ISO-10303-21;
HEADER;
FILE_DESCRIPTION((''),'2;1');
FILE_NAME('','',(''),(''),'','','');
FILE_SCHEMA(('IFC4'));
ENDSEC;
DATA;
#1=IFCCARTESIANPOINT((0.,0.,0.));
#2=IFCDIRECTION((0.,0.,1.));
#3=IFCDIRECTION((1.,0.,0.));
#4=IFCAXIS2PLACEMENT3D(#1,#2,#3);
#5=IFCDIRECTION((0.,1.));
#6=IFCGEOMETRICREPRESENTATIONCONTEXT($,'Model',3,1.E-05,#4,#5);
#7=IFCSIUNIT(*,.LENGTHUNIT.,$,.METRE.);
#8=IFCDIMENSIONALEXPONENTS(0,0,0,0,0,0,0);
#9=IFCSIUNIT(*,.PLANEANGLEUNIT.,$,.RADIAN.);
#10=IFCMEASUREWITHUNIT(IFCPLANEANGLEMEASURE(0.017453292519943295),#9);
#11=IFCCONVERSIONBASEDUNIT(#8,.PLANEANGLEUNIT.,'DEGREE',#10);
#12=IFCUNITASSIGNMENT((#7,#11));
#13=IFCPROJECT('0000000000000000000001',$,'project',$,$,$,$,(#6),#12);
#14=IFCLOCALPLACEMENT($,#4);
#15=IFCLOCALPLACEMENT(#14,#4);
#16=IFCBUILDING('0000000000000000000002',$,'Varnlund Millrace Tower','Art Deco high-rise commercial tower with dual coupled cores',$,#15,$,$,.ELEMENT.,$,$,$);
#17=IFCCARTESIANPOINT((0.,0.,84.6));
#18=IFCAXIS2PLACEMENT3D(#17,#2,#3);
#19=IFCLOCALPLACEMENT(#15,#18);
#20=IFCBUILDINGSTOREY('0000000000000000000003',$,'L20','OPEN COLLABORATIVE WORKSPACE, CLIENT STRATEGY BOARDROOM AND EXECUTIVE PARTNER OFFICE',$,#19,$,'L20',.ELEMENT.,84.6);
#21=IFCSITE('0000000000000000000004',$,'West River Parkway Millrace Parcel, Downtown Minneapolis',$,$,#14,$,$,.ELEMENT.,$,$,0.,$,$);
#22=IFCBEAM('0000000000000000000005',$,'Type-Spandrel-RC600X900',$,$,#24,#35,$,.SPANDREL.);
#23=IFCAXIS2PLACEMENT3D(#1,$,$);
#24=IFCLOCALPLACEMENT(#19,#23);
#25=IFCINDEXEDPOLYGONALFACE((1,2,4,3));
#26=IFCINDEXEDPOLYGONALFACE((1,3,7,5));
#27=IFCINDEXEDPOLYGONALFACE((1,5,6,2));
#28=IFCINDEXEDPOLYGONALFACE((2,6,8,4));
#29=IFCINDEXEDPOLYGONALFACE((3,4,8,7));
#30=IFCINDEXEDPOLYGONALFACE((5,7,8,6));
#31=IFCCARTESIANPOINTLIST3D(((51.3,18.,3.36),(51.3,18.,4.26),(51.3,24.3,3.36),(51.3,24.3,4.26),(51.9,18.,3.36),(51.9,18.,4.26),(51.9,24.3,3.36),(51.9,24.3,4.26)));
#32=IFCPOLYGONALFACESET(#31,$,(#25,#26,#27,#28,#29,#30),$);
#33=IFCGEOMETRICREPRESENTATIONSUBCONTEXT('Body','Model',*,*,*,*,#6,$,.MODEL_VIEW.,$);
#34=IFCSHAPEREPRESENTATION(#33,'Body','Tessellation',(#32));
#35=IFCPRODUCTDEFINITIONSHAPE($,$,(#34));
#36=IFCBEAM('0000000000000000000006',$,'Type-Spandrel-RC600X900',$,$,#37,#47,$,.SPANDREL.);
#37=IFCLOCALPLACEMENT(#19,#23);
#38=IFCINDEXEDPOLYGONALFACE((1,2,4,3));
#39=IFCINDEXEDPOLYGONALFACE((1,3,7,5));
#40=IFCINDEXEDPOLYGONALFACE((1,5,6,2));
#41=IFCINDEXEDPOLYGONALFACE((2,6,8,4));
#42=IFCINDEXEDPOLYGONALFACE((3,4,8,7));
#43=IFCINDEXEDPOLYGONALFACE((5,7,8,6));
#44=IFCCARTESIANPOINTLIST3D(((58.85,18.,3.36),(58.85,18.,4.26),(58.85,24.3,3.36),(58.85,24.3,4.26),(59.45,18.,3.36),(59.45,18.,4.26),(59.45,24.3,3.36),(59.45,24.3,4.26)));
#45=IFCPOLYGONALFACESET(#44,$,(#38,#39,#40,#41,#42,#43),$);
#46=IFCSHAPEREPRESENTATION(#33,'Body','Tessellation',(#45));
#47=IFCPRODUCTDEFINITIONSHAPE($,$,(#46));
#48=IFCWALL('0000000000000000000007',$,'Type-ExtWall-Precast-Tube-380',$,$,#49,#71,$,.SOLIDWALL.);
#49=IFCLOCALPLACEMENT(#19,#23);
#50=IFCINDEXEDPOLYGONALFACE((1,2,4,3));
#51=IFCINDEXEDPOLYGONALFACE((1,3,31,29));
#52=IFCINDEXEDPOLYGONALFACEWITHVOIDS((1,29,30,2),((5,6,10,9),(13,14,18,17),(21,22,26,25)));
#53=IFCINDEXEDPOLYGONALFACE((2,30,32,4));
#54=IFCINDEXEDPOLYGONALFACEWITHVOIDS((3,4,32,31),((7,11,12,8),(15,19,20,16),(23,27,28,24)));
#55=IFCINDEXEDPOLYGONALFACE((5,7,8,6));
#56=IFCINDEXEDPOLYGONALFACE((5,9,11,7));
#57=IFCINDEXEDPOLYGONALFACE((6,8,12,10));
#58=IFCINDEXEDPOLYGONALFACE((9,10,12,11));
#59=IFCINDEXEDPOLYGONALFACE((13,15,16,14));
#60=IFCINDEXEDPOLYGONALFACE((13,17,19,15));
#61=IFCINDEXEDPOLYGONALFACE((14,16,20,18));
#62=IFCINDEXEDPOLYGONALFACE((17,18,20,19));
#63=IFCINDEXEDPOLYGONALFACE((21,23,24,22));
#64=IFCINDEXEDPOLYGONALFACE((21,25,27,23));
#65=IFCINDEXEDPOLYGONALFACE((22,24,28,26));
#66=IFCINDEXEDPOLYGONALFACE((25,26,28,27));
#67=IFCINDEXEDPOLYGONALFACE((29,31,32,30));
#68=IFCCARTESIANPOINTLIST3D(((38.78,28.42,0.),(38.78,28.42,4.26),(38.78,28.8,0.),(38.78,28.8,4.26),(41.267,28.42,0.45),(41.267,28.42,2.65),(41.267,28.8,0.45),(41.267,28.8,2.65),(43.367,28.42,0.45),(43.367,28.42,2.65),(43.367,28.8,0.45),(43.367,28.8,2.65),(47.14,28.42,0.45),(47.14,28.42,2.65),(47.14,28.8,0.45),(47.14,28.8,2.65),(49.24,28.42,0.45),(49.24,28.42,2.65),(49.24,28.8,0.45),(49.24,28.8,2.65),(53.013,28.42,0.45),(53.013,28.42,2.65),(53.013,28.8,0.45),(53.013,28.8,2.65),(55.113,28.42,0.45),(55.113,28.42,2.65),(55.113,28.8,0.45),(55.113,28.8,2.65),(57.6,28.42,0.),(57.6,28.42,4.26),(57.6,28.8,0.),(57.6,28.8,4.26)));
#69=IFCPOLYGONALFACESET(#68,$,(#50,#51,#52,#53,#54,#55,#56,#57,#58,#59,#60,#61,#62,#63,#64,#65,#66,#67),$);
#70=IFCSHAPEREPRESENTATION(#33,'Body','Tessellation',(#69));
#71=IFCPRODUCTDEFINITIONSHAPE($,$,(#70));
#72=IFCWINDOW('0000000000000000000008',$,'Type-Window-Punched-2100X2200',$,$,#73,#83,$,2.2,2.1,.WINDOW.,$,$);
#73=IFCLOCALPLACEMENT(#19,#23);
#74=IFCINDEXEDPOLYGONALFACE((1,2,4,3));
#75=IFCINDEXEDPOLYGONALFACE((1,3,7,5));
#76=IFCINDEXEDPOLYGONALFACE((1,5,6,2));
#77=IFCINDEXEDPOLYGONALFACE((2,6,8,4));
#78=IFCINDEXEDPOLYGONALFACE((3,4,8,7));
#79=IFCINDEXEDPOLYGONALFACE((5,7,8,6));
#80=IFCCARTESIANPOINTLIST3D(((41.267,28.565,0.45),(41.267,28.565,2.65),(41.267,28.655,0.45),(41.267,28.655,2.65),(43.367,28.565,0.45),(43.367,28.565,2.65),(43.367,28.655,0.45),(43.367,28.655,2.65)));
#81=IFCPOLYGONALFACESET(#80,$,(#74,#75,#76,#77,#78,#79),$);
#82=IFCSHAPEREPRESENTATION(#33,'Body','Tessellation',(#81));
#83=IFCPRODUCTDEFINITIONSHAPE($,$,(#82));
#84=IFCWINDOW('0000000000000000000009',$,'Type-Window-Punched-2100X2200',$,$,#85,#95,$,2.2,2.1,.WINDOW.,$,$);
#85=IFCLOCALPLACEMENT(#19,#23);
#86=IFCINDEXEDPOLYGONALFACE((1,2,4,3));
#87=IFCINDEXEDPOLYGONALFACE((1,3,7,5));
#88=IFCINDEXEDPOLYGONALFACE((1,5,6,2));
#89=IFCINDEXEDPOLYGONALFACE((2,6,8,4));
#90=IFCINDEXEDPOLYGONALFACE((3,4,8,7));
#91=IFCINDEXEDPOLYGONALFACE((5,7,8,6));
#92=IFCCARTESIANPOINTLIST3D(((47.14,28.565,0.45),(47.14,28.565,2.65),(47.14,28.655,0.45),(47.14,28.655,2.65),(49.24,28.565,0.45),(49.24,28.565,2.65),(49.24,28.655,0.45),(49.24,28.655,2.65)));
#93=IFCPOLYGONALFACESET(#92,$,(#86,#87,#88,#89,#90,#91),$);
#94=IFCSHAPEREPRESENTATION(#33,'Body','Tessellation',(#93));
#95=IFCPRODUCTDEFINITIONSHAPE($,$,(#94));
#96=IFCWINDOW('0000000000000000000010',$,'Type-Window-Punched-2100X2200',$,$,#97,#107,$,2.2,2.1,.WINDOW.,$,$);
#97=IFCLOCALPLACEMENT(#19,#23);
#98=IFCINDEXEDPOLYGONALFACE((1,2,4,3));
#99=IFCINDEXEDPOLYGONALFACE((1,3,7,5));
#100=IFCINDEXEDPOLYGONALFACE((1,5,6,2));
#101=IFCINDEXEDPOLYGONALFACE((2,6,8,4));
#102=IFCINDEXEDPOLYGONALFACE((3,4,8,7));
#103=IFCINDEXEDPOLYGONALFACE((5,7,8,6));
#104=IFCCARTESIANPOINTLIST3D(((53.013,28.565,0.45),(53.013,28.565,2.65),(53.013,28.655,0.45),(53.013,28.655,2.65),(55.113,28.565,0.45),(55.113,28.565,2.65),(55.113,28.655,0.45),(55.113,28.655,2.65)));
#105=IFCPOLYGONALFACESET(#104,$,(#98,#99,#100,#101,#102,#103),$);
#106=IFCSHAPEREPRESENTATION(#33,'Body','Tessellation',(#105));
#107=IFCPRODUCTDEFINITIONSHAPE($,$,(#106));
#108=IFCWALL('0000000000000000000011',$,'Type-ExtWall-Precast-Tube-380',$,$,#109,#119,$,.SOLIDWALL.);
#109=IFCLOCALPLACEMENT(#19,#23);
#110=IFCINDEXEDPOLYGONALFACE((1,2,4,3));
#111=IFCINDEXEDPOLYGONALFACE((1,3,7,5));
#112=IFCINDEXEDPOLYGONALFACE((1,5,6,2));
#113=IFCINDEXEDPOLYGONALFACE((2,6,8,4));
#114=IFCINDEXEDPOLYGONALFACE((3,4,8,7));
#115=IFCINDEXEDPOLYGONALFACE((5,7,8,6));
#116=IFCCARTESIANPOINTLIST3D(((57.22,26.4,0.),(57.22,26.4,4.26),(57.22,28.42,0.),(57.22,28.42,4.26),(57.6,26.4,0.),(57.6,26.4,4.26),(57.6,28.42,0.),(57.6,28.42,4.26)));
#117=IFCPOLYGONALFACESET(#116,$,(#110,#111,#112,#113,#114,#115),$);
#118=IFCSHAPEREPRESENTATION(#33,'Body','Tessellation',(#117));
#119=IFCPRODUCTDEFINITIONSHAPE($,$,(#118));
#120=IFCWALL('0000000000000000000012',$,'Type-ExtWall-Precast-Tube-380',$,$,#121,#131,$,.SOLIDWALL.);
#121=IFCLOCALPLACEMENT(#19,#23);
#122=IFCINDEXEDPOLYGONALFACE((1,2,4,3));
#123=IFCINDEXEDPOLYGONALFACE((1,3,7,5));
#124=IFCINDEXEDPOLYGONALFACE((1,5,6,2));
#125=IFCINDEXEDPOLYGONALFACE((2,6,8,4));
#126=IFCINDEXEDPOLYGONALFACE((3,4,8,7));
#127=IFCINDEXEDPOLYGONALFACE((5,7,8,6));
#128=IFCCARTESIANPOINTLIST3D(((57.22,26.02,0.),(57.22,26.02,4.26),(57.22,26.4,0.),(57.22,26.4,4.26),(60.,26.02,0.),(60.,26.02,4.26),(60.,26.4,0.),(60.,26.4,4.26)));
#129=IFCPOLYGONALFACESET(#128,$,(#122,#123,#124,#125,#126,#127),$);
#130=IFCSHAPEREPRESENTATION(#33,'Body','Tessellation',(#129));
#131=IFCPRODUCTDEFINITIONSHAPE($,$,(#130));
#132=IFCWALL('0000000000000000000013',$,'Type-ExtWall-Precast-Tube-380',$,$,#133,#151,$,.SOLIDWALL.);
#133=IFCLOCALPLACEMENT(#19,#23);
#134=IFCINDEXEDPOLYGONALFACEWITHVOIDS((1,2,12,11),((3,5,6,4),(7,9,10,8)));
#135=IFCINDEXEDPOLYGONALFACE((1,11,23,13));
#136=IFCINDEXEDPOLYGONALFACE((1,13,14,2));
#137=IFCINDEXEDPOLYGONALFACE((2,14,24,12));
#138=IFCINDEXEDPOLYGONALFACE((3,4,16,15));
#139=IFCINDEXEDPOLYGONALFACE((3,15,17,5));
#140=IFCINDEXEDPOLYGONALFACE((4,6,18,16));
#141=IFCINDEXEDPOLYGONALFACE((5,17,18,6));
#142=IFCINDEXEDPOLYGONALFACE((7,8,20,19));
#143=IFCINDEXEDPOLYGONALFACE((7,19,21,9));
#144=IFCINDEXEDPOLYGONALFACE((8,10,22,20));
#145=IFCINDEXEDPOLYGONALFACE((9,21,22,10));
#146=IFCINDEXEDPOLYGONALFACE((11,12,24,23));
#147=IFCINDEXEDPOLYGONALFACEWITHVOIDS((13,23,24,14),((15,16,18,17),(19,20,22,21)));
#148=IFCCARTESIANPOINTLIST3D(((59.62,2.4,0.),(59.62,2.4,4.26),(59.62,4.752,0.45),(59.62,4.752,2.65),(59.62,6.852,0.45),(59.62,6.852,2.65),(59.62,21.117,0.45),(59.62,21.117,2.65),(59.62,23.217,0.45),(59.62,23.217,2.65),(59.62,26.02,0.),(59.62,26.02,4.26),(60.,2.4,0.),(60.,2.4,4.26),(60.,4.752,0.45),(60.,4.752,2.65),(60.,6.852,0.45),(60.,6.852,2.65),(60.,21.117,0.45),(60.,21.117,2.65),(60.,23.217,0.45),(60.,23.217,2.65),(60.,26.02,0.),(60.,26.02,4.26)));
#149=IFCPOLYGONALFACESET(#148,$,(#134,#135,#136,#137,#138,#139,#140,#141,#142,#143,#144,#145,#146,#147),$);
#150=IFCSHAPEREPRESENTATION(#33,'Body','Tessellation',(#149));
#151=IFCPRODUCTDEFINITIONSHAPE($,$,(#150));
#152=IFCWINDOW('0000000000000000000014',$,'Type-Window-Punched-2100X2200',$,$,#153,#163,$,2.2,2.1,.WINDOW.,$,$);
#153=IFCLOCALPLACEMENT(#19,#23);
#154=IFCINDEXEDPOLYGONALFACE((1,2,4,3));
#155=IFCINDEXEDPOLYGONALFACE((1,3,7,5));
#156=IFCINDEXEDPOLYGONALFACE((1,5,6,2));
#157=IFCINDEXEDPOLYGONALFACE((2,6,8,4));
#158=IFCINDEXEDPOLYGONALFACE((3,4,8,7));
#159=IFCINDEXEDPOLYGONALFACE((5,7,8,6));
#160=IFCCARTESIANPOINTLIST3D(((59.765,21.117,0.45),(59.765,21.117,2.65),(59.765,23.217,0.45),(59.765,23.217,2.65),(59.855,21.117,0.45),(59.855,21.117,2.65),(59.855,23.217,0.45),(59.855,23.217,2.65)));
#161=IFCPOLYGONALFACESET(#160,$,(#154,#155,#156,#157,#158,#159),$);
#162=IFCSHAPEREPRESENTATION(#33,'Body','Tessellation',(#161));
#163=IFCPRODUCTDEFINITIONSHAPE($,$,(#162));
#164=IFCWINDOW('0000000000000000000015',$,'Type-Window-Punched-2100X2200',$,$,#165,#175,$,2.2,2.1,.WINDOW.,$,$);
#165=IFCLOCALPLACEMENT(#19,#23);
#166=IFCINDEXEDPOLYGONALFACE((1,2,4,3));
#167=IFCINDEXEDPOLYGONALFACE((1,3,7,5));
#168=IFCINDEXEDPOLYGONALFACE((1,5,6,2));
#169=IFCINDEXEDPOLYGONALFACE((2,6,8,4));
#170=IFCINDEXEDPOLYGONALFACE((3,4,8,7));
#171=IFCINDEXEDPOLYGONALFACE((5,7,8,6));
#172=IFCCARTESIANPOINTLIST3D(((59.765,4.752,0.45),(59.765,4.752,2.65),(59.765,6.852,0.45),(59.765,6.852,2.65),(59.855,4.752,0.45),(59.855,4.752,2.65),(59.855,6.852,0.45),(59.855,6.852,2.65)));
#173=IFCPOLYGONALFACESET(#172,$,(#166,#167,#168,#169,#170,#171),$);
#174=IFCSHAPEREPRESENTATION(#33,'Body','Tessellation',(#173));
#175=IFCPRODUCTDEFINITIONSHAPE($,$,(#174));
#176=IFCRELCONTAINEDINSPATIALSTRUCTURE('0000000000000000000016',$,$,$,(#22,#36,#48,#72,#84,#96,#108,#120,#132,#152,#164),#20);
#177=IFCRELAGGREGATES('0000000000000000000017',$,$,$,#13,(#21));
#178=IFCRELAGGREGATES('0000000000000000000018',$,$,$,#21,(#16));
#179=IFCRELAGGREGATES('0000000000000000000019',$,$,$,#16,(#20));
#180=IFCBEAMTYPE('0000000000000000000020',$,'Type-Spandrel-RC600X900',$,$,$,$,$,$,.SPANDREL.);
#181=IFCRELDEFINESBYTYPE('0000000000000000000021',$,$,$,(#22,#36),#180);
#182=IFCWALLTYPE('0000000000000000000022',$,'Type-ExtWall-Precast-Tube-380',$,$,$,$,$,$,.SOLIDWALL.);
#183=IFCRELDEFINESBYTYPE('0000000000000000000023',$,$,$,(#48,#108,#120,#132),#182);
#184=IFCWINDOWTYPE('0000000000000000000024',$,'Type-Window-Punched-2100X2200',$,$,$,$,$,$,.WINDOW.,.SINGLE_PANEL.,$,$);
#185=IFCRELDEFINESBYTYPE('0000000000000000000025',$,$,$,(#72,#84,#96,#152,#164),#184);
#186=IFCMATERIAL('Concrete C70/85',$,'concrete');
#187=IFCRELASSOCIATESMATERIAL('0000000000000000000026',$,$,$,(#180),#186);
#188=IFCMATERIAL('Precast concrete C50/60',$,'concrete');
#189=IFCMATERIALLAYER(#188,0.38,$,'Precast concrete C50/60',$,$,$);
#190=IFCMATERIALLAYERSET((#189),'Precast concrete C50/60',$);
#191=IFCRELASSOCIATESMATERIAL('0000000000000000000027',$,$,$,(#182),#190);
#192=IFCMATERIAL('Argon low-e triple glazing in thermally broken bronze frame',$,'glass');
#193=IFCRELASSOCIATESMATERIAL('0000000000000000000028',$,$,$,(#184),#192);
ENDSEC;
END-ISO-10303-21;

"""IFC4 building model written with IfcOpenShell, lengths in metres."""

from ifc_helpers import new_model, entity, si_unit, converted_unit, direction, frame, origin_with_axes, origin_2d_with_axis, place, context, subcontext, project, spatial, polyline, rectangle, outline, extrude, material, layer, layer_set, material_profile, profile_set, type_object, element, fill, save


model = new_model("IFC4")

# Units and contexts
model_context = context("Model", 3, precision=1e-05, world=origin_with_axes(), true_north=direction((0.0, 1.0)))
body_context = subcontext(model_context, "Body", "Model", "MODEL_VIEW")
ifc_project = project(units=[si_unit("LENGTHUNIT", "METRE"), converted_unit("PLANEANGLEUNIT", "DEGREE", entity("IfcPlaneAngleMeasure", 0.017453292519943295), si_unit("PLANEANGLEUNIT", "RADIAN"), dimensions=[0, 0, 0, 0, 0, 0, 0])], contexts=[model_context])

# Site, building, storey
site_placement = place(None, origin_with_axes())
site = spatial("IfcSite", under=ifc_project, at=site_placement, Name="West River Parkway Millrace Parcel, Downtown Minneapolis", CompositionType="ELEMENT", RefElevation=0.0)
building_placement = place(site_placement, origin_with_axes())
building = spatial("IfcBuilding", under=site, at=building_placement, Name="Varnlund Millrace Tower", Description="Art Deco high-rise commercial tower with dual coupled cores", CompositionType="ELEMENT")
storey_placement = place(building_placement, frame((0.0, 0.0, 84.6), z_axis=(0.0, 0.0, 1.0), x_axis=(1.0, 0.0, 0.0)))
storey = spatial("IfcBuildingStorey", under=building, at=storey_placement, Name="L20", Description="OPEN COLLABORATIVE WORKSPACE, CLIENT STRATEGY BOARDROOM AND EXECUTIVE PARTNER OFFICE", LongName="L20", CompositionType="ELEMENT", Elevation=84.6)

# Beams
ifc_material_1 = material(Name="Concrete C70/85", Category="concrete")
ifc_material_profile_1 = material_profile(ifc_material_1, rectangle(XDim=0.6, YDim=0.9, at=origin_2d_with_axis()), Name="Concrete C70/85")
ifc_profile_set_1 = profile_set([ifc_material_profile_1], Name="Concrete C70/85")
beam_type_1 = type_object("IfcBeamType", Name="Type-Spandrel-RC600X900", PredefinedType="SPANDREL", material=ifc_profile_set_1)
for number, where, z_axis, x_axis, name in (
    (1, (51.6, 18.0, 3.81), (0.0, 1.0, 0.0), (-1.0, 0.0, 0.0), "Type-Spandrel-RC600X900"),
    (2, (59.15, 18.0, 3.81), (0.0, 1.0, 0.0), (-1.0, 0.0, 0.0), "Type-Spandrel-RC600X900"),
):
    element("IfcBeam", number, at=place(storey_placement, frame(where, z_axis=z_axis, x_axis=x_axis)), inside=storey, type_object=beam_type_1, Name=name, PredefinedType="SPANDREL", context=body_context, shape_type="SweptSolid", body=[
        extrude(rectangle(XDim=0.6, YDim=0.9, at=origin_2d_with_axis()), origin_with_axes(), (0.0, 0.0, 1.0), 6.3),
    ])

# Wall, openings, windows
ifc_material_2 = material(Name="Precast concrete C50/60", Category="concrete")
ifc_layer_1 = layer(ifc_material_2, 0.38, Name="Precast concrete C50/60")
ifc_layer_set_1 = layer_set([ifc_layer_1], Name="Precast concrete C50/60")
wall_type_1 = type_object("IfcWallType", Name="Type-ExtWall-Precast-Tube-380", PredefinedType="SOLIDWALL", material=ifc_layer_set_1)
wall_1_placement = place(storey_placement, frame((38.78, 28.61, 0.0), z_axis=(0.0, 0.0, 1.0), x_axis=(1.0, 0.0, 0.0)))
wall_1 = element("IfcWall", 3, at=wall_1_placement, inside=storey, type_object=wall_type_1, Name="Type-ExtWall-Precast-Tube-380", PredefinedType="SOLIDWALL", context=body_context, shape_type="SweptSolid", body=[
    extrude(outline(polyline([(0.0, -0.19), (18.82, -0.19), (18.82, 0.19), (0.0, 0.19), (0.0, -0.19)])), origin_with_axes(), (0.0, 0.0, 1.0), 4.26),
])
opening_1_placement = place(wall_1_placement, frame((3.537, 0.0, 0.45), z_axis=(0.0, 0.0, 1.0), x_axis=(1.0, 0.0, 0.0)))
opening_1 = element("IfcOpeningElement", 4, at=opening_1_placement, cuts=wall_1, PredefinedType="OPENING", context=body_context, shape_type="SweptSolid", body=[
    extrude(rectangle(XDim=2.1, YDim=0.4, at=origin_2d_with_axis()), origin_with_axes(), (0.0, 0.0, 1.0), 2.2),
])
opening_2_placement = place(wall_1_placement, frame((9.41, 0.0, 0.45), z_axis=(0.0, 0.0, 1.0), x_axis=(1.0, 0.0, 0.0)))
opening_2 = element("IfcOpeningElement", 5, at=opening_2_placement, cuts=wall_1, PredefinedType="OPENING", context=body_context, shape_type="SweptSolid", body=[
    extrude(rectangle(XDim=2.1, YDim=0.4, at=origin_2d_with_axis()), origin_with_axes(), (0.0, 0.0, 1.0), 2.2),
])
opening_3_placement = place(wall_1_placement, frame((15.283, 0.0, 0.45), z_axis=(0.0, 0.0, 1.0), x_axis=(1.0, 0.0, 0.0)))
opening_3 = element("IfcOpeningElement", 6, at=opening_3_placement, cuts=wall_1, PredefinedType="OPENING", context=body_context, shape_type="SweptSolid", body=[
    extrude(rectangle(XDim=2.1, YDim=0.4, at=origin_2d_with_axis()), origin_with_axes(), (0.0, 0.0, 1.0), 2.2),
])
ifc_material_3 = material(Name="Argon low-e triple glazing in thermally broken bronze frame", Category="glass")
window_type = type_object("IfcWindowType", Name="Type-Window-Punched-2100X2200", PartitioningType="SINGLE_PANEL", PredefinedType="WINDOW", material=ifc_material_3)
window_1_placement = place(wall_1_placement, frame((3.537, 0.0, 0.45), z_axis=(0.0, 0.0, 1.0), x_axis=(1.0, 0.0, 0.0)))
window_1 = element("IfcWindow", 7, at=window_1_placement, inside=storey, type_object=window_type, Name="Type-Window-Punched-2100X2200", OverallHeight=2.2, OverallWidth=2.1, PredefinedType="WINDOW", context=body_context, shape_type="SweptSolid", body=[
    extrude(rectangle(XDim=2.1, YDim=0.09, at=origin_2d_with_axis()), origin_with_axes(), (0.0, 0.0, 1.0), 2.2),
])
fill(opening_1, window_1)
window_2_placement = place(wall_1_placement, frame((9.41, 0.0, 0.45), z_axis=(0.0, 0.0, 1.0), x_axis=(1.0, 0.0, 0.0)))
window_2 = element("IfcWindow", 8, at=window_2_placement, inside=storey, type_object=window_type, Name="Type-Window-Punched-2100X2200", OverallHeight=2.2, OverallWidth=2.1, PredefinedType="WINDOW", context=body_context, shape_type="SweptSolid", body=[
    extrude(rectangle(XDim=2.1, YDim=0.09, at=origin_2d_with_axis()), origin_with_axes(), (0.0, 0.0, 1.0), 2.2),
])
fill(opening_2, window_2)
window_3_placement = place(wall_1_placement, frame((15.283, 0.0, 0.45), z_axis=(0.0, 0.0, 1.0), x_axis=(1.0, 0.0, 0.0)))
window_3 = element("IfcWindow", 9, at=window_3_placement, inside=storey, type_object=window_type, Name="Type-Window-Punched-2100X2200", OverallHeight=2.2, OverallWidth=2.1, PredefinedType="WINDOW", context=body_context, shape_type="SweptSolid", body=[
    extrude(rectangle(XDim=2.1, YDim=0.09, at=origin_2d_with_axis()), origin_with_axes(), (0.0, 0.0, 1.0), 2.2),
])
fill(opening_3, window_3)

# Walls
wall_2_placement = place(storey_placement, frame((57.41, 28.42, 0.0), z_axis=(0.0, 0.0, 1.0), x_axis=(0.0, -1.0, 0.0)))
element("IfcWall", 10, at=wall_2_placement, inside=storey, type_object=wall_type_1, Name="Type-ExtWall-Precast-Tube-380", PredefinedType="SOLIDWALL", context=body_context, shape_type="SweptSolid", body=[
    extrude(outline(polyline([(0.0, -0.19), (2.02, -0.19), (2.02, 0.19), (0.0, 0.19), (0.0, -0.19)])), origin_with_axes(), (0.0, 0.0, 1.0), 4.26),
])
wall_3_placement = place(storey_placement, frame((57.22, 26.21, 0.0), z_axis=(0.0, 0.0, 1.0), x_axis=(1.0, 0.0, 0.0)))
element("IfcWall", 11, at=wall_3_placement, inside=storey, type_object=wall_type_1, Name="Type-ExtWall-Precast-Tube-380", PredefinedType="SOLIDWALL", context=body_context, shape_type="SweptSolid", body=[
    extrude(outline(polyline([(0.0, -0.19), (2.78, -0.19), (2.78, 0.19), (0.0, 0.19), (0.0, -0.19)])), origin_with_axes(), (0.0, 0.0, 1.0), 4.26),
])

# Wall, openings, windows
wall_4_placement = place(storey_placement, frame((59.81, 26.02, 0.0), z_axis=(0.0, 0.0, 1.0), x_axis=(0.0, -1.0, 0.0)))
wall_4 = element("IfcWall", 12, at=wall_4_placement, inside=storey, type_object=wall_type_1, Name="Type-ExtWall-Precast-Tube-380", PredefinedType="SOLIDWALL", context=body_context, shape_type="SweptSolid", body=[
    extrude(outline(polyline([(0.0, -0.19), (23.62, -0.19), (23.62, 0.19), (0.0, 0.19), (0.0, -0.19)])), origin_with_axes(), (0.0, 0.0, 1.0), 4.26),
])
opening_4_placement = place(wall_4_placement, frame((3.853, 0.0, 0.45), z_axis=(0.0, 0.0, 1.0), x_axis=(1.0, 0.0, 0.0)))
opening_4 = element("IfcOpeningElement", 13, at=opening_4_placement, cuts=wall_4, PredefinedType="OPENING", context=body_context, shape_type="SweptSolid", body=[
    extrude(rectangle(XDim=2.1, YDim=0.4, at=origin_2d_with_axis()), origin_with_axes(), (0.0, 0.0, 1.0), 2.2),
])
opening_5_placement = place(wall_4_placement, frame((20.218, 0.0, 0.45), z_axis=(0.0, 0.0, 1.0), x_axis=(1.0, 0.0, 0.0)))
opening_5 = element("IfcOpeningElement", 14, at=opening_5_placement, cuts=wall_4, PredefinedType="OPENING", context=body_context, shape_type="SweptSolid", body=[
    extrude(rectangle(XDim=2.1, YDim=0.4, at=origin_2d_with_axis()), origin_with_axes(), (0.0, 0.0, 1.0), 2.2),
])
window_4_placement = place(wall_4_placement, frame((3.853, 0.0, 0.45), z_axis=(0.0, 0.0, 1.0), x_axis=(1.0, 0.0, 0.0)))
window_4 = element("IfcWindow", 15, at=window_4_placement, inside=storey, type_object=window_type, Name="Type-Window-Punched-2100X2200", OverallHeight=2.2, OverallWidth=2.1, PredefinedType="WINDOW", context=body_context, shape_type="SweptSolid", body=[
    extrude(rectangle(XDim=2.1, YDim=0.09, at=origin_2d_with_axis()), origin_with_axes(), (0.0, 0.0, 1.0), 2.2),
])
fill(opening_4, window_4)
window_5_placement = place(wall_4_placement, frame((20.218, 0.0, 0.45), z_axis=(0.0, 0.0, 1.0), x_axis=(1.0, 0.0, 0.0)))
window_5 = element("IfcWindow", 16, at=window_5_placement, inside=storey, type_object=window_type, Name="Type-Window-Punched-2100X2200", OverallHeight=2.2, OverallWidth=2.1, PredefinedType="WINDOW", context=body_context, shape_type="SweptSolid", body=[
    extrude(rectangle(XDim=2.1, YDim=0.09, at=origin_2d_with_axis()), origin_with_axes(), (0.0, 0.0, 1.0), 2.2),
])
fill(opening_5, window_5)

save(model, "model.ifc")
